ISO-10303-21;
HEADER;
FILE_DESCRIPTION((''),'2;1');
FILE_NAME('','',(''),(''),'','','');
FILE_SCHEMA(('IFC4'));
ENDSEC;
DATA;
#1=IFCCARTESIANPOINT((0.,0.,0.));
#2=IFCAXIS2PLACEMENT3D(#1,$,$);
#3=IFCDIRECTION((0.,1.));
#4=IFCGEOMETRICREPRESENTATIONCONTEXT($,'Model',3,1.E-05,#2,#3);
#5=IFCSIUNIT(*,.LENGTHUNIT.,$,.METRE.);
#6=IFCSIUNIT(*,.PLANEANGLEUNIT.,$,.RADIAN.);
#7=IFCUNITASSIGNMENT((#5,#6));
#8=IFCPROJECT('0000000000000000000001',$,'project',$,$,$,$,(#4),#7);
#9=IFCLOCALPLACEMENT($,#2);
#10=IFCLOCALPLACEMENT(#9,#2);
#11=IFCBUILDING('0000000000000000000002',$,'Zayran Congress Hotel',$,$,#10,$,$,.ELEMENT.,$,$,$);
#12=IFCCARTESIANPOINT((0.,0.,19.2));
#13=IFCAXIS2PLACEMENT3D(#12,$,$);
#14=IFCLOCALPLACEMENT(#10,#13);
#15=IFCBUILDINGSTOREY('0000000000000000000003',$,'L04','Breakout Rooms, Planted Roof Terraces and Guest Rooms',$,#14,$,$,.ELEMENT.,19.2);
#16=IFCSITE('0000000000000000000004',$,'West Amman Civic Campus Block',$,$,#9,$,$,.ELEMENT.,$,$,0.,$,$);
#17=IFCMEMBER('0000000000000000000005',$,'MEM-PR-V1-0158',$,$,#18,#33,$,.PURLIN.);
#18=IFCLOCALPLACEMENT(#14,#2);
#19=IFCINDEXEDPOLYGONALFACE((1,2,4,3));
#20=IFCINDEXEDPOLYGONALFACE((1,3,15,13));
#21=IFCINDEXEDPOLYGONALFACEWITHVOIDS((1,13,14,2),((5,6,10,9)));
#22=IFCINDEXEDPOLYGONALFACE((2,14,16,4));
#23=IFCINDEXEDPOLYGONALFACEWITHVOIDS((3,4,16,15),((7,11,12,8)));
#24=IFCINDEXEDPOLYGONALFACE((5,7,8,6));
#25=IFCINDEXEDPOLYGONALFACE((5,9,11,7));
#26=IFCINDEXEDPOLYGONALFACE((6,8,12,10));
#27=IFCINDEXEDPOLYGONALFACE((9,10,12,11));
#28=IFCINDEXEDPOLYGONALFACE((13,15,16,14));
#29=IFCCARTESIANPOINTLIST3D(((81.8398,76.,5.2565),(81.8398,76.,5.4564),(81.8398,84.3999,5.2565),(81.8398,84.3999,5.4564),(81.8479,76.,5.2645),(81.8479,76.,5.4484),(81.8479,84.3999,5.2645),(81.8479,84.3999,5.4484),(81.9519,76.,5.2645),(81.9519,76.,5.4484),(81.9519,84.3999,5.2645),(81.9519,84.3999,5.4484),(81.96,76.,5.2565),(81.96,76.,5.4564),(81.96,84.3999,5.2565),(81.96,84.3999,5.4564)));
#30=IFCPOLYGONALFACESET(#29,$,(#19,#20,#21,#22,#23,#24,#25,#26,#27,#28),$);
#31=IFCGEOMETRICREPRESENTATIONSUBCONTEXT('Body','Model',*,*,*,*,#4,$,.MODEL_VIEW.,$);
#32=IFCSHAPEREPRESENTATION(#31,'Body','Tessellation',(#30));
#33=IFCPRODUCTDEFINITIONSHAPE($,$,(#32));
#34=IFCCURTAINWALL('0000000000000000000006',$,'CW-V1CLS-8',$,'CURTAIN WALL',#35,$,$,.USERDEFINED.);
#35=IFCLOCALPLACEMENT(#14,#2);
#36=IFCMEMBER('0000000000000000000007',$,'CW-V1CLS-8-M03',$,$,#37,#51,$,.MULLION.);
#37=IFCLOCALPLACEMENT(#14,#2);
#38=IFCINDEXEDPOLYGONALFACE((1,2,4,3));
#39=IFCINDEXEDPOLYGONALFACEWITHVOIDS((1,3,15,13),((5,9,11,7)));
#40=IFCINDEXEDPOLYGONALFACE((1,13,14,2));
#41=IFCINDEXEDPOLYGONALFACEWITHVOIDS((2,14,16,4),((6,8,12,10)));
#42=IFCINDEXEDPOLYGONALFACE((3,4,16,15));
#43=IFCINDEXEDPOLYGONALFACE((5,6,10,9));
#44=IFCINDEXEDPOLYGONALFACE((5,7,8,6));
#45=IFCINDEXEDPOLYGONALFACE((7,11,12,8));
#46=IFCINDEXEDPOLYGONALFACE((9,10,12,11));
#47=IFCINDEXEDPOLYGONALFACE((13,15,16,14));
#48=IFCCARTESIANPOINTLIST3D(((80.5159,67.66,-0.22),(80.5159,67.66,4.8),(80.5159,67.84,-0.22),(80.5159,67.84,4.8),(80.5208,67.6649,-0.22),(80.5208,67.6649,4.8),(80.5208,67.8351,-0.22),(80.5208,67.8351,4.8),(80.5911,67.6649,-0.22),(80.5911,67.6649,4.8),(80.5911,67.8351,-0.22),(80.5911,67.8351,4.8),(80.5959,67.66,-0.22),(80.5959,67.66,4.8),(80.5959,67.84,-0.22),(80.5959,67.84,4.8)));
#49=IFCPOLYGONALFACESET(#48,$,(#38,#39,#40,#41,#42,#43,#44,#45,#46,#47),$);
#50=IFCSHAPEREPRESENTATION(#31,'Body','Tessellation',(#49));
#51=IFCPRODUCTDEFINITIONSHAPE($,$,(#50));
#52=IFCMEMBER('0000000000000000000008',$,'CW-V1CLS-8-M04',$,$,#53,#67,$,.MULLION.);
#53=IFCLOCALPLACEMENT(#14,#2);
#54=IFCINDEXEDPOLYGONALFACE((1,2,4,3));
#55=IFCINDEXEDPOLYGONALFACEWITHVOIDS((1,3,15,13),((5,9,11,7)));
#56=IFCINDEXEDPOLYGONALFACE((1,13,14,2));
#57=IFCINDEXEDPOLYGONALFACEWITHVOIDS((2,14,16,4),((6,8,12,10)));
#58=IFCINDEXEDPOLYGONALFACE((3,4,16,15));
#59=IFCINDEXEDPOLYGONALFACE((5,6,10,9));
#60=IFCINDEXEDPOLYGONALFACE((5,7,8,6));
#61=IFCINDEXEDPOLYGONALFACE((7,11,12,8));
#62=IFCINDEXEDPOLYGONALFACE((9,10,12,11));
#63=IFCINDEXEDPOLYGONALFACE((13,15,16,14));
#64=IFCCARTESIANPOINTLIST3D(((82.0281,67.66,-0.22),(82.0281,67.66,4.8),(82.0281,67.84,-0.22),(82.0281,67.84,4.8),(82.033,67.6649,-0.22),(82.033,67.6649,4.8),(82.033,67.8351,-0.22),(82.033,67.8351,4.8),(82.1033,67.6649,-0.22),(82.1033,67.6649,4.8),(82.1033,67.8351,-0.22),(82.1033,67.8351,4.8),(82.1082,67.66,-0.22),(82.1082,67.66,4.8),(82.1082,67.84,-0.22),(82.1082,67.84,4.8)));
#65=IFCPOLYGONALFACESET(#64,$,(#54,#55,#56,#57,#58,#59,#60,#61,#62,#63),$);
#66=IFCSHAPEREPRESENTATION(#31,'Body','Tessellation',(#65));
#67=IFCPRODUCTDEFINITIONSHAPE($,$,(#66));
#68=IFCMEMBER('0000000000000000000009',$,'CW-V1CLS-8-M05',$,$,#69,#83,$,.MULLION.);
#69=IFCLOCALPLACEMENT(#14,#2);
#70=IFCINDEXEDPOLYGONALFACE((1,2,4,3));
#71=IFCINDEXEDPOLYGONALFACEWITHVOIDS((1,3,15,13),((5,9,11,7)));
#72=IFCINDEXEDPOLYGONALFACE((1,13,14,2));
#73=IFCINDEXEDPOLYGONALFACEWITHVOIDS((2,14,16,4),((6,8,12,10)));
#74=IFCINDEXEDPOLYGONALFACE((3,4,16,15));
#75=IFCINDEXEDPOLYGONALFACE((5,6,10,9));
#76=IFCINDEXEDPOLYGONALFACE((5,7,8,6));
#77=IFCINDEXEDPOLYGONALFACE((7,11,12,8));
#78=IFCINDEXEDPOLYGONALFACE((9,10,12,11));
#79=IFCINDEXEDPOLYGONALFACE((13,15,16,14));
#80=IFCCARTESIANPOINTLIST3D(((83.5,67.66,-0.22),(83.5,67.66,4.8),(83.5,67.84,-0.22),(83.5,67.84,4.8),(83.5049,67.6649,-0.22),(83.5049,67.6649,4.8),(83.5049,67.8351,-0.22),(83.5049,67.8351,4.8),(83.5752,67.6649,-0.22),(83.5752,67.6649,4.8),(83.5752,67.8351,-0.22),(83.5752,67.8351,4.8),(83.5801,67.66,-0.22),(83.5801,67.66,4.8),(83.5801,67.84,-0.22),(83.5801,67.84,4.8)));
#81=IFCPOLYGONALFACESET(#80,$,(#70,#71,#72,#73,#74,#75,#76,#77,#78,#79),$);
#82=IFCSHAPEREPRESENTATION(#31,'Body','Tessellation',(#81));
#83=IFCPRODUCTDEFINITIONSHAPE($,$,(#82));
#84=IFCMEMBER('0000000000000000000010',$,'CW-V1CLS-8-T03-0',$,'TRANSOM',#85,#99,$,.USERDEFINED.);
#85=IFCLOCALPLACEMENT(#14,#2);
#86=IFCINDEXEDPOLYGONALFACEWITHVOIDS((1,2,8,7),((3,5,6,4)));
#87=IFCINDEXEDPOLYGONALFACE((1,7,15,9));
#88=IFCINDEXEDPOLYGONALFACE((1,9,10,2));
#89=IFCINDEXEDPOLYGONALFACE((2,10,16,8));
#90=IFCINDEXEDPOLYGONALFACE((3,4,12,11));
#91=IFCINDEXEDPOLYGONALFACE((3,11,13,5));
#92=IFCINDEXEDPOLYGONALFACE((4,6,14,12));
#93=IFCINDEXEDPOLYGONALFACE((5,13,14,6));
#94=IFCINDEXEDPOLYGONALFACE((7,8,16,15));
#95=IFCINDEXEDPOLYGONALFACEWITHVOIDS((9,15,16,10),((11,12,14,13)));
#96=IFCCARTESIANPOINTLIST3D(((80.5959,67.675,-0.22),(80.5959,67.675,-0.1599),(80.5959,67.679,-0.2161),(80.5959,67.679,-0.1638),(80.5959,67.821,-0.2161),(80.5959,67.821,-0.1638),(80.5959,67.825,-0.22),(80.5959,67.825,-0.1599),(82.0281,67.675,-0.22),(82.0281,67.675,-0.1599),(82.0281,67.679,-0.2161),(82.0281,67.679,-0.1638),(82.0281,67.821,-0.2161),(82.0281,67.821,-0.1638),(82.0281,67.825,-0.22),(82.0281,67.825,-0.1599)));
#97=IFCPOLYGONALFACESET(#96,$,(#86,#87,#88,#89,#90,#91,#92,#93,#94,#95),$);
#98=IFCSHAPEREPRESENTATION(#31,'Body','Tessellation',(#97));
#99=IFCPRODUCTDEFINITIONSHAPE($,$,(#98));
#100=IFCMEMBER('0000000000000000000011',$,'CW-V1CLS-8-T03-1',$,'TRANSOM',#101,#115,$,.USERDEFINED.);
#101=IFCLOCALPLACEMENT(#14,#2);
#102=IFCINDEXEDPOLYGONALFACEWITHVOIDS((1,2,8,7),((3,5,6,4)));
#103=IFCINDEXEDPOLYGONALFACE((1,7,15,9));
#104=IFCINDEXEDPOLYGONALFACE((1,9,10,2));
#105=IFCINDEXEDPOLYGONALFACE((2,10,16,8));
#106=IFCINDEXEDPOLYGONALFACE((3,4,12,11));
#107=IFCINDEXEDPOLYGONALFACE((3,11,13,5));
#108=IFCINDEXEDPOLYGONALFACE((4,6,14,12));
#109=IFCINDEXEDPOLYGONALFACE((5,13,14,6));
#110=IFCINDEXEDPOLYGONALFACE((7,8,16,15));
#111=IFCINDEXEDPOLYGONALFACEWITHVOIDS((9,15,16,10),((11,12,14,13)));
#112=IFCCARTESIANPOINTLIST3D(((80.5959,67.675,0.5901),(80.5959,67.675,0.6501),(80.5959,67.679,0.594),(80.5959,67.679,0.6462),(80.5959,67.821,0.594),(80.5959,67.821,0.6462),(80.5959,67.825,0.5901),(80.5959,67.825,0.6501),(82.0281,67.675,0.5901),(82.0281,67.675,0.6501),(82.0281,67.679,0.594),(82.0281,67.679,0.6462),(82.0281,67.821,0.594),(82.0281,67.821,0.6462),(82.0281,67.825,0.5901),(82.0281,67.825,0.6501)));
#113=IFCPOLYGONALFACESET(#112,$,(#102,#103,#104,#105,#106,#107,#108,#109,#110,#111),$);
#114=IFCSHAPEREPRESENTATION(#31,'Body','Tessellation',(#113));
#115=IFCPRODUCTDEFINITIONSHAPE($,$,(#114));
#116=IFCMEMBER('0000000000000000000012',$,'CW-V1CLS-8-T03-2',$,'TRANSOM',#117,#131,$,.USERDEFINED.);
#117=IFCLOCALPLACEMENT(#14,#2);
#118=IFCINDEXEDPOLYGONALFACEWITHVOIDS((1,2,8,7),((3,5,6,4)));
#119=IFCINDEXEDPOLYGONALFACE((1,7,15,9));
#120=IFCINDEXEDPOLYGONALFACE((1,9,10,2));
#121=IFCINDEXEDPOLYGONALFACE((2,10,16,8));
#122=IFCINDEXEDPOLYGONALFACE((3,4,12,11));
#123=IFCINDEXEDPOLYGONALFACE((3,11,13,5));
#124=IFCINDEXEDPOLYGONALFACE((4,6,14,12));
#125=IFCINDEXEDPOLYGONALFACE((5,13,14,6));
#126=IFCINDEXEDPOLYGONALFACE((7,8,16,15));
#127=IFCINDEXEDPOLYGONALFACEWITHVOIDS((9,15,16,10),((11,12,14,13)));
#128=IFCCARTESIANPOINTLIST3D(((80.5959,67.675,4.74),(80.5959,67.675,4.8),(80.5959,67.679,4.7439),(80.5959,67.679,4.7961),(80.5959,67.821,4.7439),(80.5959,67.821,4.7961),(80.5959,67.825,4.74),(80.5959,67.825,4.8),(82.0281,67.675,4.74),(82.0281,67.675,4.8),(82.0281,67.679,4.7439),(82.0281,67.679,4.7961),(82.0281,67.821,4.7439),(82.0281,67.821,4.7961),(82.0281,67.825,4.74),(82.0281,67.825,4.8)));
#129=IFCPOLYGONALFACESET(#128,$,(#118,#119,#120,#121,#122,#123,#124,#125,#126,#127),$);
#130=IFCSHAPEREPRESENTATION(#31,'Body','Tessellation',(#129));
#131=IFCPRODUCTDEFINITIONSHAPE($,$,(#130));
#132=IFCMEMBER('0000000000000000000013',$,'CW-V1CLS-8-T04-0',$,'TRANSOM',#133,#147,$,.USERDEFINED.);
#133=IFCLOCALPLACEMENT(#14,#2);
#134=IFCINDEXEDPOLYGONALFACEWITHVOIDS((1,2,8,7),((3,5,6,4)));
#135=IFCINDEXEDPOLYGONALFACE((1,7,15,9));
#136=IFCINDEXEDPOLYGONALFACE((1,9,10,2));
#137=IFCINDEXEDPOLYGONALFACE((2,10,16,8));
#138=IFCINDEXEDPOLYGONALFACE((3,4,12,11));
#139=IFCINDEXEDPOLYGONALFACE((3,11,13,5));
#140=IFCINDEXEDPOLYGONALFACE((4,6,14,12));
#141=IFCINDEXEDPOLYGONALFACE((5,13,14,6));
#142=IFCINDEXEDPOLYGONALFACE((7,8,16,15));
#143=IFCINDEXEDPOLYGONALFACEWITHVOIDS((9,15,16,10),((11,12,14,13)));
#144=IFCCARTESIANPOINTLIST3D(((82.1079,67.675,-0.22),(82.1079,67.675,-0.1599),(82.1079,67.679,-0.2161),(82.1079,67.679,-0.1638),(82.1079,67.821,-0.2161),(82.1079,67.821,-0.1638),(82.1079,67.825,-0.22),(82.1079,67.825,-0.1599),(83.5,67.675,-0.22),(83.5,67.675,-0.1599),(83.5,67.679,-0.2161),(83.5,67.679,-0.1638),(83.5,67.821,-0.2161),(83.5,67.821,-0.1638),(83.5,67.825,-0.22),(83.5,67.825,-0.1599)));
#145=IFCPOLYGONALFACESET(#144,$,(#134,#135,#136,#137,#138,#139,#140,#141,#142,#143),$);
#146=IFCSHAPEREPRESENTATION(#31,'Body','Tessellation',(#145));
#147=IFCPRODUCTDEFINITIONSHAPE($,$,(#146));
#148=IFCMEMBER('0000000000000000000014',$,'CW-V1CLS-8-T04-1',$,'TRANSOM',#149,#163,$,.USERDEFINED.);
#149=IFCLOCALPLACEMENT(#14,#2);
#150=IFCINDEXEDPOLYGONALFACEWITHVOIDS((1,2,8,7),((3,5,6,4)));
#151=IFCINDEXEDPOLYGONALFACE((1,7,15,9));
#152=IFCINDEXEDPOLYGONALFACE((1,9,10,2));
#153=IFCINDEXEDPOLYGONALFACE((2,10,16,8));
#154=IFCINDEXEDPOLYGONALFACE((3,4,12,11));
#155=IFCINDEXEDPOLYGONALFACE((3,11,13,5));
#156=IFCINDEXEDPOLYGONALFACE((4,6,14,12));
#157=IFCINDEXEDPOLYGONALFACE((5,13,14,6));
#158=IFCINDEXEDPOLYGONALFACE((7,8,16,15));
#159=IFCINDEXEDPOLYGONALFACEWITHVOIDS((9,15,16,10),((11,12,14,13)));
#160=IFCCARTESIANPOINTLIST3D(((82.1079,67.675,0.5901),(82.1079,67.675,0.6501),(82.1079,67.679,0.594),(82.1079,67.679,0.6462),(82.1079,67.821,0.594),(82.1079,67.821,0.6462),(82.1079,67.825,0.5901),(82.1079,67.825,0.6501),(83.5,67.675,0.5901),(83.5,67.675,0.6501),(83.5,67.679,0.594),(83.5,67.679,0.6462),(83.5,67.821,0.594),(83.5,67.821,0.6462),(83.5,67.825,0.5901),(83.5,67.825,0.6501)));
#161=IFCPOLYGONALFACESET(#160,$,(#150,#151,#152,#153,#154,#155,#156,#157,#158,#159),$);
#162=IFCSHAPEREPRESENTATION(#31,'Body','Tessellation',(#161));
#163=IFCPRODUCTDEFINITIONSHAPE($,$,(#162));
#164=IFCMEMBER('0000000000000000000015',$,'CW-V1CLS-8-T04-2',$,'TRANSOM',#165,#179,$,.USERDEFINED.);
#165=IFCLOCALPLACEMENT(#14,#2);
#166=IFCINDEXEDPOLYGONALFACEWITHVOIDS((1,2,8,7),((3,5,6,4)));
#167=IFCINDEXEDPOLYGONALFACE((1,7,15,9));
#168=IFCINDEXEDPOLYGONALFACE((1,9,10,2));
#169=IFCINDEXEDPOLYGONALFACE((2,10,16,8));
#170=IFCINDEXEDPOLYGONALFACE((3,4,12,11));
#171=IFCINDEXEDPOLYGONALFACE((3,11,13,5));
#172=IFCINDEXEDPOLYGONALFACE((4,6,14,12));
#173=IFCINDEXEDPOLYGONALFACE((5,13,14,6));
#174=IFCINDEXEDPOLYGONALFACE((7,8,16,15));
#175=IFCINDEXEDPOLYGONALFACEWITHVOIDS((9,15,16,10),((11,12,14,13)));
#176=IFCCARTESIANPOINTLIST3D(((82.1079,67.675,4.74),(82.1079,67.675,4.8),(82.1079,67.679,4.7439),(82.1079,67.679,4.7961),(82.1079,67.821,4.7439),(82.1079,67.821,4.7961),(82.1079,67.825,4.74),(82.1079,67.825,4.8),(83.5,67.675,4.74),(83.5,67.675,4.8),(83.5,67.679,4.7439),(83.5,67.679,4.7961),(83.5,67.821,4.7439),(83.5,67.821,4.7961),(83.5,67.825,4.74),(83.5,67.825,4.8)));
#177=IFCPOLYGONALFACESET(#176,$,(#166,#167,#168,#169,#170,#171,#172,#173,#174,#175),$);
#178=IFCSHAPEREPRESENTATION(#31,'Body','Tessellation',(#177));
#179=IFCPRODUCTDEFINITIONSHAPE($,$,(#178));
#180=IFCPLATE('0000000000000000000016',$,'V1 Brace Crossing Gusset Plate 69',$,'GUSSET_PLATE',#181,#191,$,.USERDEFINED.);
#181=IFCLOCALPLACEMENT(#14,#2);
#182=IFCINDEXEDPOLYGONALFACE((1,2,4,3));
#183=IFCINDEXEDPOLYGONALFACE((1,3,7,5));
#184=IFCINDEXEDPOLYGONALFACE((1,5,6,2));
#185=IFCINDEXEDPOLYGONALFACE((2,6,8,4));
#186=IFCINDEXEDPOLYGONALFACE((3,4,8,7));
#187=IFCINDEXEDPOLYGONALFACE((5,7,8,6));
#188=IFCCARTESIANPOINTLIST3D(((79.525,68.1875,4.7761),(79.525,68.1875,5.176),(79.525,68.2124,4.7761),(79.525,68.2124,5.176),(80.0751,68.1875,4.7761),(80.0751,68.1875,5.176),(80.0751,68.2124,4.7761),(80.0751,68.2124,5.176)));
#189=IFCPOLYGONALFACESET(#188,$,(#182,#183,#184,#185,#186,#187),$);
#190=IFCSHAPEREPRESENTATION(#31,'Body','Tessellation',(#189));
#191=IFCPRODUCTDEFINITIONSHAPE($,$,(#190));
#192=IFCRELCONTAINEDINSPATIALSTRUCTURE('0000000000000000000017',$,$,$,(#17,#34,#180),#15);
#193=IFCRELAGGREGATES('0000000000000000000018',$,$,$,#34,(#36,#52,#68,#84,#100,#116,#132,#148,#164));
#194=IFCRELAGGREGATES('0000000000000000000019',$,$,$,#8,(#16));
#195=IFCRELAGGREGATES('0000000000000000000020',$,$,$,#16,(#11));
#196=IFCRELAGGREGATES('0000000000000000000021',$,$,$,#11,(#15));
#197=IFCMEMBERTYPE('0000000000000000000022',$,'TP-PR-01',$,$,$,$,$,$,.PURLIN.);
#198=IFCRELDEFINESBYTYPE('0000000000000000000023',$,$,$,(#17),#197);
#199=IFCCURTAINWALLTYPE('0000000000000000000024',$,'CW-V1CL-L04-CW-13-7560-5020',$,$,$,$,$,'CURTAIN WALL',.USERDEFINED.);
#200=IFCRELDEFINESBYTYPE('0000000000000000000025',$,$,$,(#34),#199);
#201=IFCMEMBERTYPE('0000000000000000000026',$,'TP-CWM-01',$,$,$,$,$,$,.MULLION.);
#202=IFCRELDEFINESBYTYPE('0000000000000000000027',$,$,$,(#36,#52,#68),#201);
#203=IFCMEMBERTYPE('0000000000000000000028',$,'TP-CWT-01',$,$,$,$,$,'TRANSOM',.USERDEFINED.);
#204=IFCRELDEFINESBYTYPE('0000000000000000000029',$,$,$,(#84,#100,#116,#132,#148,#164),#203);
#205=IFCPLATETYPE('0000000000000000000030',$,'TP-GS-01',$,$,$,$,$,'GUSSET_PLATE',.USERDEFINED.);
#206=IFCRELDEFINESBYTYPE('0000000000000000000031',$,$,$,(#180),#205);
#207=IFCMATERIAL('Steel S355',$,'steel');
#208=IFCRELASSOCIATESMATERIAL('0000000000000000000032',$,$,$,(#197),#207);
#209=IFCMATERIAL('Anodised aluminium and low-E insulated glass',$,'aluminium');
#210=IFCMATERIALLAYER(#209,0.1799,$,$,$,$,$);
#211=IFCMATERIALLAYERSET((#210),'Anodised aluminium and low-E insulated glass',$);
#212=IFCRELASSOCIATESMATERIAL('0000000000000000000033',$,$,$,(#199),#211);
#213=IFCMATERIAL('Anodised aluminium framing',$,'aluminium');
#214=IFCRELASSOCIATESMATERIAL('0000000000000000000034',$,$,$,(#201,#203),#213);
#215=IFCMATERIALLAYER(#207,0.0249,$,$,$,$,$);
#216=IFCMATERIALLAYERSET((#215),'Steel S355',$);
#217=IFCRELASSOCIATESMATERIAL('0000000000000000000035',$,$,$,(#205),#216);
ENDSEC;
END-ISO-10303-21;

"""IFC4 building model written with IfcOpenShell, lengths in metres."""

from ifc_helpers import new_model, si_unit, direction, frame, origin, origin_2d, place, context, subcontext, project, spatial, rectangle, hollow_rectangle, extrude, material, layer, layer_set, material_profile, profile_set, type_object, element, aggregate, save


model = new_model("IFC4")

# Units and contexts
model_context = context("Model", 3, precision=1e-05, world=origin(), true_north=direction((0.0, 1.0)))
body_context = subcontext(model_context, "Body", "Model", "MODEL_VIEW")
ifc_project = project(units=[si_unit("LENGTHUNIT", "METRE"), si_unit("PLANEANGLEUNIT", "RADIAN")], contexts=[model_context])

# Site, building, storey
site_placement = place(None, origin())
site = spatial("IfcSite", under=ifc_project, at=site_placement, Name="West Amman Civic Campus Block", CompositionType="ELEMENT", RefElevation=0.0)
building_placement = place(site_placement, origin())
building = spatial("IfcBuilding", under=site, at=building_placement, Name="Zayran Congress Hotel", CompositionType="ELEMENT")
storey_placement = place(building_placement, frame((0.0, 0.0, 19.2)))
storey = spatial("IfcBuildingStorey", under=building, at=storey_placement, Name="L04", Description="Breakout Rooms, Planted Roof Terraces and Guest Rooms", CompositionType="ELEMENT", Elevation=19.2)

# Shared definitions
ifc_material_1 = material(Name="Steel S355", Category="steel")

# Member
ifc_material_profile_1 = material_profile(ifc_material_1, hollow_rectangle(XDim=0.1201, YDim=0.2, WallThickness=0.0081, at=origin_2d()), Name="RHS 200x120x8")
ifc_profile_set_1 = profile_set([ifc_material_profile_1], Name="Steel S355")
member_type_1 = type_object("IfcMemberType", Name="TP-PR-01", PredefinedType="PURLIN", material=ifc_profile_set_1)
member_1_placement = place(storey_placement, frame((81.8999, 76.0, 5.3564), z_axis=(0.0, 1.0, 0.0), x_axis=(-1.0, 0.0, 0.0)))
element("IfcMember", 1, at=member_1_placement, inside=storey, type_object=member_type_1, Name="MEM-PR-V1-0158", PredefinedType="PURLIN", context=body_context, shape_type="SweptSolid", body=[
    extrude(hollow_rectangle(XDim=0.1201, YDim=0.2, WallThickness=0.0081, at=origin_2d()), origin(), (0.0, 0.0, 1.0), 8.3999),
])

# Curtain wall, members
ifc_material_2 = material(Name="Anodised aluminium and low-E insulated glass", Category="aluminium")
ifc_layer_1 = layer(ifc_material_2, 0.1799)
ifc_layer_set_1 = layer_set([ifc_layer_1], Name="Anodised aluminium and low-E insulated glass")
curtain_wall_type = type_object("IfcCurtainWallType", Name="CW-V1CL-L04-CW-13-7560-5020", ElementType="CURTAIN WALL", PredefinedType="USERDEFINED", material=ifc_layer_set_1)
curtain_wall_placement = place(storey_placement, origin())
curtain_wall = element("IfcCurtainWall", 2, at=curtain_wall_placement, inside=storey, type_object=curtain_wall_type, Name="CW-V1CLS-8", ObjectType="CURTAIN WALL", PredefinedType="USERDEFINED")
ifc_material_3 = material(Name="Anodised aluminium framing", Category="aluminium")
ifc_material_profile_2 = material_profile(ifc_material_3, hollow_rectangle(XDim=0.0801, YDim=0.1799, WallThickness=0.0049, at=origin_2d()), Name="RHS 180x80x5")
ifc_profile_set_2 = profile_set([ifc_material_profile_2], Name="Anodised aluminium framing")
member_type_2 = type_object("IfcMemberType", Name="TP-CWM-01", PredefinedType="MULLION", material=ifc_profile_set_2)
member_2_placement = place(storey_placement, frame((80.5559, 67.75, -0.22), z_axis=(0.0, 0.0, 1.0), x_axis=(1.0, 0.0, 0.0)))
member_2 = element("IfcMember", 3, at=member_2_placement, type_object=member_type_2, Name="CW-V1CLS-8-M03", PredefinedType="MULLION", context=body_context, shape_type="SweptSolid", body=[
    extrude(hollow_rectangle(XDim=0.0801, YDim=0.1799, WallThickness=0.0049, at=origin_2d()), origin(), (0.0, 0.0, 1.0), 5.02),
])
member_3_placement = place(storey_placement, frame((82.0681, 67.75, -0.22), z_axis=(0.0, 0.0, 1.0), x_axis=(1.0, 0.0, 0.0)))
member_3 = element("IfcMember", 4, at=member_3_placement, type_object=member_type_2, Name="CW-V1CLS-8-M04", PredefinedType="MULLION", context=body_context, shape_type="SweptSolid", body=[
    extrude(hollow_rectangle(XDim=0.0801, YDim=0.1799, WallThickness=0.0049, at=origin_2d()), origin(), (0.0, 0.0, 1.0), 5.02),
])
member_4_placement = place(storey_placement, frame((83.54, 67.75, -0.22), z_axis=(0.0, 0.0, 1.0), x_axis=(1.0, 0.0, 0.0)))
member_4 = element("IfcMember", 5, at=member_4_placement, type_object=member_type_2, Name="CW-V1CLS-8-M05", PredefinedType="MULLION", context=body_context, shape_type="SweptSolid", body=[
    extrude(hollow_rectangle(XDim=0.0801, YDim=0.1799, WallThickness=0.0049, at=origin_2d()), origin(), (0.0, 0.0, 1.0), 5.02),
])
ifc_material_profile_3 = material_profile(ifc_material_3, hollow_rectangle(XDim=0.0601, YDim=0.1499, WallThickness=0.0039, at=origin_2d()), Name="RHS 150x60x4")
ifc_profile_set_3 = profile_set([ifc_material_profile_3], Name="Anodised aluminium framing")
member_type_3 = type_object("IfcMemberType", Name="TP-CWT-01", ElementType="TRANSOM", PredefinedType="USERDEFINED", material=ifc_profile_set_3)
member_5_placement = place(storey_placement, frame((80.5959, 67.75, -0.1899), z_axis=(1.0, 0.0, 0.0), x_axis=(0.0, 0.0, 1.0)))
member_5 = element("IfcMember", 6, at=member_5_placement, type_object=member_type_3, Name="CW-V1CLS-8-T03-0", ObjectType="TRANSOM", PredefinedType="USERDEFINED", context=body_context, shape_type="SweptSolid", body=[
    extrude(hollow_rectangle(XDim=0.0601, YDim=0.1499, WallThickness=0.0039, at=origin_2d()), origin(), (0.0, 0.0, 1.0), 1.4321),
])
member_6_placement = place(storey_placement, frame((80.5959, 67.75, 0.6201), z_axis=(1.0, 0.0, 0.0), x_axis=(0.0, 0.0, 1.0)))
member_6 = element("IfcMember", 7, at=member_6_placement, type_object=member_type_3, Name="CW-V1CLS-8-T03-1", ObjectType="TRANSOM", PredefinedType="USERDEFINED", context=body_context, shape_type="SweptSolid", body=[
    extrude(hollow_rectangle(XDim=0.0601, YDim=0.1499, WallThickness=0.0039, at=origin_2d()), origin(), (0.0, 0.0, 1.0), 1.4321),
])
member_7_placement = place(storey_placement, frame((80.5959, 67.75, 4.77), z_axis=(1.0, 0.0, 0.0), x_axis=(0.0, 0.0, 1.0)))
member_7 = element("IfcMember", 8, at=member_7_placement, type_object=member_type_3, Name="CW-V1CLS-8-T03-2", ObjectType="TRANSOM", PredefinedType="USERDEFINED", context=body_context, shape_type="SweptSolid", body=[
    extrude(hollow_rectangle(XDim=0.0601, YDim=0.1499, WallThickness=0.0039, at=origin_2d()), origin(), (0.0, 0.0, 1.0), 1.4321),
])
member_8_placement = place(storey_placement, frame((82.1079, 67.75, -0.1899), z_axis=(1.0, 0.0, 0.0), x_axis=(0.0, 0.0, 1.0)))
member_8 = element("IfcMember", 9, at=member_8_placement, type_object=member_type_3, Name="CW-V1CLS-8-T04-0", ObjectType="TRANSOM", PredefinedType="USERDEFINED", context=body_context, shape_type="SweptSolid", body=[
    extrude(hollow_rectangle(XDim=0.0601, YDim=0.1499, WallThickness=0.0039, at=origin_2d()), origin(), (0.0, 0.0, 1.0), 1.3921),
])
member_9_placement = place(storey_placement, frame((82.1079, 67.75, 0.6201), z_axis=(1.0, 0.0, 0.0), x_axis=(0.0, 0.0, 1.0)))
member_9 = element("IfcMember", 10, at=member_9_placement, type_object=member_type_3, Name="CW-V1CLS-8-T04-1", ObjectType="TRANSOM", PredefinedType="USERDEFINED", context=body_context, shape_type="SweptSolid", body=[
    extrude(hollow_rectangle(XDim=0.0601, YDim=0.1499, WallThickness=0.0039, at=origin_2d()), origin(), (0.0, 0.0, 1.0), 1.3921),
])
member_10_placement = place(storey_placement, frame((82.1079, 67.75, 4.77), z_axis=(1.0, 0.0, 0.0), x_axis=(0.0, 0.0, 1.0)))
member_10 = element("IfcMember", 11, at=member_10_placement, type_object=member_type_3, Name="CW-V1CLS-8-T04-2", ObjectType="TRANSOM", PredefinedType="USERDEFINED", context=body_context, shape_type="SweptSolid", body=[
    extrude(hollow_rectangle(XDim=0.0601, YDim=0.1499, WallThickness=0.0039, at=origin_2d()), origin(), (0.0, 0.0, 1.0), 1.3921),
])

# Plate
ifc_layer_2 = layer(ifc_material_1, 0.0249)
ifc_layer_set_2 = layer_set([ifc_layer_2], Name="Steel S355")
plate_type_1 = type_object("IfcPlateType", Name="TP-GS-01", ElementType="GUSSET_PLATE", PredefinedType="USERDEFINED", material=ifc_layer_set_2)
for number, where, z_axis, x_axis, name in (
    (12, (79.8, 68.2, 4.7761), (0.0, 0.0, 1.0), (1.0, 0.0, 0.0), "V1 Brace Crossing Gusset Plate 69"),
):
    element("IfcPlate", number, at=place(storey_placement, frame(where, z_axis=z_axis, x_axis=x_axis)), inside=storey, type_object=plate_type_1, Name=name, ObjectType="GUSSET_PLATE", PredefinedType="USERDEFINED", context=body_context, shape_type="SweptSolid", body=[
        extrude(rectangle(XDim=0.55, YDim=0.0249, at=origin_2d()), origin(), (0.0, 0.0, 1.0), 0.3999),
    ])

aggregate(curtain_wall, [member_2, member_3, member_4, member_5, member_6, member_7, member_8, member_9, member_10])

save(model, "model.ifc")
